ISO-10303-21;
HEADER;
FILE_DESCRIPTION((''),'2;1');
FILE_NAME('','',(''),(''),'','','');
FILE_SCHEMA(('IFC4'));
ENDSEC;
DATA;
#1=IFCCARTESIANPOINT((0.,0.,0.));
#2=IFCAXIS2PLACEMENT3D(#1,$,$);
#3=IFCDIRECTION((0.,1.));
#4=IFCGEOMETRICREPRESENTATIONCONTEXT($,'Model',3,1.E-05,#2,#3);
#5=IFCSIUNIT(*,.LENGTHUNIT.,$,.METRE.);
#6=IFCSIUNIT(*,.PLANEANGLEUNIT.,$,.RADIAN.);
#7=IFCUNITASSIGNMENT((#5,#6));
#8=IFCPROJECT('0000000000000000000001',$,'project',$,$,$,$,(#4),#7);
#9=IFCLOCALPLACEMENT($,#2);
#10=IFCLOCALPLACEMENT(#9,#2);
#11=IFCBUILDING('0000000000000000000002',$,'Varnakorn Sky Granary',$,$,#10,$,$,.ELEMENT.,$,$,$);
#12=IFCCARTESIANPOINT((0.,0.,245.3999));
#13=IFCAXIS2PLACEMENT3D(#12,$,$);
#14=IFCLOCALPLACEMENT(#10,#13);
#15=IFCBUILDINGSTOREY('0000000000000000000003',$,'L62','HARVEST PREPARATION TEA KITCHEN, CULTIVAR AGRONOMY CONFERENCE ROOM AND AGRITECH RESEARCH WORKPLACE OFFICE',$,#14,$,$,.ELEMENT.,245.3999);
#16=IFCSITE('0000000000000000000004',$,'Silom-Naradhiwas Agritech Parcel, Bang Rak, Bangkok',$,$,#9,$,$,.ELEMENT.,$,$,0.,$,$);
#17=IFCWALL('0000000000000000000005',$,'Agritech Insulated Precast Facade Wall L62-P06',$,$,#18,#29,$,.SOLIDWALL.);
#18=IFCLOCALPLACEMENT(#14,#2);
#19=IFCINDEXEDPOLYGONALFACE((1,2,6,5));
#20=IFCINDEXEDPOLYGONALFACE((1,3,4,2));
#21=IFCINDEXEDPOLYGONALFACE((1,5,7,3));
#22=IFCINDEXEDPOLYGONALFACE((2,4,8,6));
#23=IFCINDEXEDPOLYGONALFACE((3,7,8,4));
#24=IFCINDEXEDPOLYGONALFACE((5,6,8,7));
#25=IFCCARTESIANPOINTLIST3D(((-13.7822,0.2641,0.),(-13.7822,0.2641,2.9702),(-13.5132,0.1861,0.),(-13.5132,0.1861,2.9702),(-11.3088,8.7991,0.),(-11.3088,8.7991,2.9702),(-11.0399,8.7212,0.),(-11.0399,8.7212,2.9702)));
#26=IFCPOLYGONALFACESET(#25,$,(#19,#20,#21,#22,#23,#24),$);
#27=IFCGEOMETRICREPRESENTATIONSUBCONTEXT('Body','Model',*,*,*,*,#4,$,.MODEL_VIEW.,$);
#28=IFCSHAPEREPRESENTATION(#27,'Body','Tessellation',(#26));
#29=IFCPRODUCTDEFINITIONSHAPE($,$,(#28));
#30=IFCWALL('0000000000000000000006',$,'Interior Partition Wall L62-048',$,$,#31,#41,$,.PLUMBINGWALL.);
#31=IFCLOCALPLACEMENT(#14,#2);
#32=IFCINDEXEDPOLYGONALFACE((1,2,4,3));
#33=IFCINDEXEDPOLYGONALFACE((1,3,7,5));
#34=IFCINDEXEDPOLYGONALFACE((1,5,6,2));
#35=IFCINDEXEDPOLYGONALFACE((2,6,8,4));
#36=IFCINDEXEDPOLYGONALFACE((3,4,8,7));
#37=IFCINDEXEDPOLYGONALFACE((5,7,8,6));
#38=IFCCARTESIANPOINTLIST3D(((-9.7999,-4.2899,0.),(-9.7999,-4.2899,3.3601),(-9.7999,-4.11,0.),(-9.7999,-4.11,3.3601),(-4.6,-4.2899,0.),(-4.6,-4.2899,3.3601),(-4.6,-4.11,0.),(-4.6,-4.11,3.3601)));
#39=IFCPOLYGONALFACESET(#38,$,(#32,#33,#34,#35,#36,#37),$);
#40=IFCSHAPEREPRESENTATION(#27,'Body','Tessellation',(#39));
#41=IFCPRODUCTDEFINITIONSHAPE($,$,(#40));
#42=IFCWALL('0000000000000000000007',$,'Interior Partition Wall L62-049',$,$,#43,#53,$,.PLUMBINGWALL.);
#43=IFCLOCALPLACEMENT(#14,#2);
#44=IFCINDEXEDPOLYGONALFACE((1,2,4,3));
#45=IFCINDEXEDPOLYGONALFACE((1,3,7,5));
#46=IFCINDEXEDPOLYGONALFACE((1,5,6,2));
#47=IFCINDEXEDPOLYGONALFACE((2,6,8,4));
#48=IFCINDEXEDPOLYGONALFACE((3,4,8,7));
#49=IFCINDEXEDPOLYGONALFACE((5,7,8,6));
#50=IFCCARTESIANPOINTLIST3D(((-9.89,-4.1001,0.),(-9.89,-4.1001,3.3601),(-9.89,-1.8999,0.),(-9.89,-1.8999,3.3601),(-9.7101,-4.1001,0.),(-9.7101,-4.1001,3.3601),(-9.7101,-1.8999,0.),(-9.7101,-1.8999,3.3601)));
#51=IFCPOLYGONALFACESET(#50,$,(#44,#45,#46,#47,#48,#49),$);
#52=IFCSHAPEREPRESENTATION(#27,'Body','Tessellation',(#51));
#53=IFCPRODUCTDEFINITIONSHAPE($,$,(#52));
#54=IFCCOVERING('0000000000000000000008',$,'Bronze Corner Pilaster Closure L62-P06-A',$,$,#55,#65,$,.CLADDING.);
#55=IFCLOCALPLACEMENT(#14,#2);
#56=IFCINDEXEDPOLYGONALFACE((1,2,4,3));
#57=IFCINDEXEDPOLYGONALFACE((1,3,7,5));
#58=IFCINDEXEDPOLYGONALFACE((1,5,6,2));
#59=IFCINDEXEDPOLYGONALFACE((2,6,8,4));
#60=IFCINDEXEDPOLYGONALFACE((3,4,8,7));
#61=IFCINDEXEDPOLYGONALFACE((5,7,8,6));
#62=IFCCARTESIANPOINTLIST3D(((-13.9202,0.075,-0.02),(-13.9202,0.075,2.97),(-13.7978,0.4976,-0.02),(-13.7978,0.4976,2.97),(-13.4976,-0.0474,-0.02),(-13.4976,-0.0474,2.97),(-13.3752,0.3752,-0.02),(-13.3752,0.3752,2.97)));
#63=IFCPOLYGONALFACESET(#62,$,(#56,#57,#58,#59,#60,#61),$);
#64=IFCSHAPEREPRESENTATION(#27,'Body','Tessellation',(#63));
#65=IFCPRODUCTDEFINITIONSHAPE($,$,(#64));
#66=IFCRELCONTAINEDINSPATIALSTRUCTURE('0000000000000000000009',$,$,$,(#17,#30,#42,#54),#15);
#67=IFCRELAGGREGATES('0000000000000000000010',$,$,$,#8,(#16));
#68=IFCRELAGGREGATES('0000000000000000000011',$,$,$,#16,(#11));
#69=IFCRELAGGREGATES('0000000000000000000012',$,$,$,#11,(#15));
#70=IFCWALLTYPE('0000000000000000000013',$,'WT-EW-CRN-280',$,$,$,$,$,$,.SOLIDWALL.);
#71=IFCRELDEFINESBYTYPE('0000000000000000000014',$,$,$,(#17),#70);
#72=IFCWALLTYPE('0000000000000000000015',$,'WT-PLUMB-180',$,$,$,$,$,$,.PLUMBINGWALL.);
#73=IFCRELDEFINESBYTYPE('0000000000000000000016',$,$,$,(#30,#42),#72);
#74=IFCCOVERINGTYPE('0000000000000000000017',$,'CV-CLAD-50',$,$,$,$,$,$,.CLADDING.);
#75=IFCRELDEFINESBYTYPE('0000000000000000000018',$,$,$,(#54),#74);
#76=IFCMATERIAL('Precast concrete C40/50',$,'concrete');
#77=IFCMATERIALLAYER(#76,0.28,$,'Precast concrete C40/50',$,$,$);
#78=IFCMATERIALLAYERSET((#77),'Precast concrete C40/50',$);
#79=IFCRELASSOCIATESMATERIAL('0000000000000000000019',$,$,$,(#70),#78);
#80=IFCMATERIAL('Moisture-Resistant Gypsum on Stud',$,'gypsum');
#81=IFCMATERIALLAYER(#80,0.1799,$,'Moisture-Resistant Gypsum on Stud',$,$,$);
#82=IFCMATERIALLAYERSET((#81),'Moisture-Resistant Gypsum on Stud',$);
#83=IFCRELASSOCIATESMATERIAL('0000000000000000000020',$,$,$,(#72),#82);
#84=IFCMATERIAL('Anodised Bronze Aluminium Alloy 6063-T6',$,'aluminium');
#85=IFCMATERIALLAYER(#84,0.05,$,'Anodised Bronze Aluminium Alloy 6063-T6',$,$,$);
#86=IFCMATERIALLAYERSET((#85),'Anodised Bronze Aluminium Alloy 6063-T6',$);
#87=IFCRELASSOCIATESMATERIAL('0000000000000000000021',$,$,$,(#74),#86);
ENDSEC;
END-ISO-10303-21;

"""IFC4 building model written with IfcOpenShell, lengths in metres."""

from ifc_helpers import new_model, si_unit, direction, frame, frame_2d, origin, origin_2d, place, context, subcontext, project, spatial, rectangle, extrude, source, transform, mapped, material, layer, layer_set, type_object, type_shapes, element, save


model = new_model("IFC4")

# Units and contexts
model_context = context("Model", 3, precision=1e-05, world=origin(), true_north=direction((0.0, 1.0)))
body_context = subcontext(model_context, "Body", "Model", "MODEL_VIEW")
ifc_project = project(units=[si_unit("LENGTHUNIT", "METRE"), si_unit("PLANEANGLEUNIT", "RADIAN")], contexts=[model_context])

# Site, building, storey
site_placement = place(None, origin())
site = spatial("IfcSite", under=ifc_project, at=site_placement, Name="Silom-Naradhiwas Agritech Parcel, Bang Rak, Bangkok", CompositionType="ELEMENT", RefElevation=0.0)
building_placement = place(site_placement, origin())
building = spatial("IfcBuilding", under=site, at=building_placement, Name="Varnakorn Sky Granary", CompositionType="ELEMENT")
storey_placement = place(building_placement, frame((0.0, 0.0, 245.3999)))
storey = spatial("IfcBuildingStorey", under=building, at=storey_placement, Name="L62", Description="HARVEST PREPARATION TEA KITCHEN, CULTIVAR AGRONOMY CONFERENCE ROOM AND AGRITECH RESEARCH WORKPLACE OFFICE", CompositionType="ELEMENT", Elevation=245.3999)

# Shared definitions
ifc_material_1 = material(Name="Anodised Bronze Aluminium Alloy 6063-T6", Category="aluminium")

# Walls
ifc_material_2 = material(Name="Precast concrete C40/50", Category="concrete")
ifc_layer_1 = layer(ifc_material_2, 0.28, Name="Precast concrete C40/50")
ifc_layer_set_1 = layer_set([ifc_layer_1], Name="Precast concrete C40/50")
wall_type_1 = type_object("IfcWallType", Name="WT-EW-CRN-280", PredefinedType="SOLIDWALL", material=ifc_layer_set_1)
wall_1_placement = place(storey_placement, frame((-13.6477, 0.2251, 0.0), z_axis=(0.0, 0.0, 1.0), x_axis=(0.278337, 0.960484, 0.0)))
element("IfcWall", 1, at=wall_1_placement, inside=storey, type_object=wall_type_1, Name="Agritech Insulated Precast Facade Wall L62-P06", PredefinedType="SOLIDWALL", context=body_context, shape_type="SweptSolid", body=[
    extrude(rectangle(XDim=8.8862, YDim=0.28, at=frame_2d((4.4431, 0.0))), origin(), (0.0, 0.0, 1.0), 2.9702),
])
ifc_material_3 = material(Name="Moisture-Resistant Gypsum on Stud", Category="gypsum")
ifc_layer_2 = layer(ifc_material_3, 0.1799, Name="Moisture-Resistant Gypsum on Stud")
ifc_layer_set_2 = layer_set([ifc_layer_2], Name="Moisture-Resistant Gypsum on Stud")
wall_type_2 = type_object("IfcWallType", Name="WT-PLUMB-180", PredefinedType="PLUMBINGWALL", material=ifc_layer_set_2)
wall_2_placement = place(storey_placement, frame((-9.8, -4.2, 0.0), z_axis=(0.0, 0.0, 1.0), x_axis=(1.0, 0.0, 0.0)))
element("IfcWall", 2, at=wall_2_placement, inside=storey, type_object=wall_type_2, Name="Interior Partition Wall L62-048", PredefinedType="PLUMBINGWALL", context=body_context, shape_type="SweptSolid", body=[
    extrude(rectangle(XDim=5.2, YDim=0.1799, at=frame_2d((2.6001, 0.0))), origin(), (0.0, 0.0, 1.0), 3.3601),
])
wall_3_placement = place(storey_placement, frame((-9.8, -1.8999, 0.0), z_axis=(0.0, 0.0, 1.0), x_axis=(0.0, -1.0, 0.0)))
element("IfcWall", 3, at=wall_3_placement, inside=storey, type_object=wall_type_2, Name="Interior Partition Wall L62-049", PredefinedType="PLUMBINGWALL", context=body_context, shape_type="SweptSolid", body=[
    extrude(rectangle(XDim=2.2002, YDim=0.1799, at=frame_2d((1.1001, 0.0))), origin(), (0.0, 0.0, 1.0), 3.3601),
])

# Covering
ifc_layer_3 = layer(ifc_material_1, 0.05, Name="Anodised Bronze Aluminium Alloy 6063-T6")
ifc_layer_set_3 = layer_set([ifc_layer_3], Name="Anodised Bronze Aluminium Alloy 6063-T6")
covering_type = type_object("IfcCoveringType", Name="CV-CLAD-50", PredefinedType="CLADDING", material=ifc_layer_set_3)
shared_shape_1 = source(origin(), body_context, "Body", "SweptSolid", [
    extrude(rectangle(XDim=0.4399, YDim=0.4399, at=origin_2d()), origin(), (0.0, 0.0, 1.0), 2.99),
])
type_shapes(covering_type, [shared_shape_1])
covering_placement = place(storey_placement, frame((-13.6477, 0.2251, -0.02), z_axis=(0.0, 0.0, 1.0), x_axis=(0.278321, 0.960488, 0.0)))
element("IfcCovering", 4, at=covering_placement, inside=storey, type_object=covering_type, Name="Bronze Corner Pilaster Closure L62-P06-A", PredefinedType="CLADDING", context=body_context, shape_type="MappedRepresentation", body=[
    mapped(shared_shape_1, transform((0.0, 0.0, 0.0), x_axis=(1.0, 0.0, 0.0), y_axis=(0.0, 1.0, 0.0), z_axis=(0.0, 0.0, 1.0), scale=1.0)),
])

save(model, "model.ifc")
